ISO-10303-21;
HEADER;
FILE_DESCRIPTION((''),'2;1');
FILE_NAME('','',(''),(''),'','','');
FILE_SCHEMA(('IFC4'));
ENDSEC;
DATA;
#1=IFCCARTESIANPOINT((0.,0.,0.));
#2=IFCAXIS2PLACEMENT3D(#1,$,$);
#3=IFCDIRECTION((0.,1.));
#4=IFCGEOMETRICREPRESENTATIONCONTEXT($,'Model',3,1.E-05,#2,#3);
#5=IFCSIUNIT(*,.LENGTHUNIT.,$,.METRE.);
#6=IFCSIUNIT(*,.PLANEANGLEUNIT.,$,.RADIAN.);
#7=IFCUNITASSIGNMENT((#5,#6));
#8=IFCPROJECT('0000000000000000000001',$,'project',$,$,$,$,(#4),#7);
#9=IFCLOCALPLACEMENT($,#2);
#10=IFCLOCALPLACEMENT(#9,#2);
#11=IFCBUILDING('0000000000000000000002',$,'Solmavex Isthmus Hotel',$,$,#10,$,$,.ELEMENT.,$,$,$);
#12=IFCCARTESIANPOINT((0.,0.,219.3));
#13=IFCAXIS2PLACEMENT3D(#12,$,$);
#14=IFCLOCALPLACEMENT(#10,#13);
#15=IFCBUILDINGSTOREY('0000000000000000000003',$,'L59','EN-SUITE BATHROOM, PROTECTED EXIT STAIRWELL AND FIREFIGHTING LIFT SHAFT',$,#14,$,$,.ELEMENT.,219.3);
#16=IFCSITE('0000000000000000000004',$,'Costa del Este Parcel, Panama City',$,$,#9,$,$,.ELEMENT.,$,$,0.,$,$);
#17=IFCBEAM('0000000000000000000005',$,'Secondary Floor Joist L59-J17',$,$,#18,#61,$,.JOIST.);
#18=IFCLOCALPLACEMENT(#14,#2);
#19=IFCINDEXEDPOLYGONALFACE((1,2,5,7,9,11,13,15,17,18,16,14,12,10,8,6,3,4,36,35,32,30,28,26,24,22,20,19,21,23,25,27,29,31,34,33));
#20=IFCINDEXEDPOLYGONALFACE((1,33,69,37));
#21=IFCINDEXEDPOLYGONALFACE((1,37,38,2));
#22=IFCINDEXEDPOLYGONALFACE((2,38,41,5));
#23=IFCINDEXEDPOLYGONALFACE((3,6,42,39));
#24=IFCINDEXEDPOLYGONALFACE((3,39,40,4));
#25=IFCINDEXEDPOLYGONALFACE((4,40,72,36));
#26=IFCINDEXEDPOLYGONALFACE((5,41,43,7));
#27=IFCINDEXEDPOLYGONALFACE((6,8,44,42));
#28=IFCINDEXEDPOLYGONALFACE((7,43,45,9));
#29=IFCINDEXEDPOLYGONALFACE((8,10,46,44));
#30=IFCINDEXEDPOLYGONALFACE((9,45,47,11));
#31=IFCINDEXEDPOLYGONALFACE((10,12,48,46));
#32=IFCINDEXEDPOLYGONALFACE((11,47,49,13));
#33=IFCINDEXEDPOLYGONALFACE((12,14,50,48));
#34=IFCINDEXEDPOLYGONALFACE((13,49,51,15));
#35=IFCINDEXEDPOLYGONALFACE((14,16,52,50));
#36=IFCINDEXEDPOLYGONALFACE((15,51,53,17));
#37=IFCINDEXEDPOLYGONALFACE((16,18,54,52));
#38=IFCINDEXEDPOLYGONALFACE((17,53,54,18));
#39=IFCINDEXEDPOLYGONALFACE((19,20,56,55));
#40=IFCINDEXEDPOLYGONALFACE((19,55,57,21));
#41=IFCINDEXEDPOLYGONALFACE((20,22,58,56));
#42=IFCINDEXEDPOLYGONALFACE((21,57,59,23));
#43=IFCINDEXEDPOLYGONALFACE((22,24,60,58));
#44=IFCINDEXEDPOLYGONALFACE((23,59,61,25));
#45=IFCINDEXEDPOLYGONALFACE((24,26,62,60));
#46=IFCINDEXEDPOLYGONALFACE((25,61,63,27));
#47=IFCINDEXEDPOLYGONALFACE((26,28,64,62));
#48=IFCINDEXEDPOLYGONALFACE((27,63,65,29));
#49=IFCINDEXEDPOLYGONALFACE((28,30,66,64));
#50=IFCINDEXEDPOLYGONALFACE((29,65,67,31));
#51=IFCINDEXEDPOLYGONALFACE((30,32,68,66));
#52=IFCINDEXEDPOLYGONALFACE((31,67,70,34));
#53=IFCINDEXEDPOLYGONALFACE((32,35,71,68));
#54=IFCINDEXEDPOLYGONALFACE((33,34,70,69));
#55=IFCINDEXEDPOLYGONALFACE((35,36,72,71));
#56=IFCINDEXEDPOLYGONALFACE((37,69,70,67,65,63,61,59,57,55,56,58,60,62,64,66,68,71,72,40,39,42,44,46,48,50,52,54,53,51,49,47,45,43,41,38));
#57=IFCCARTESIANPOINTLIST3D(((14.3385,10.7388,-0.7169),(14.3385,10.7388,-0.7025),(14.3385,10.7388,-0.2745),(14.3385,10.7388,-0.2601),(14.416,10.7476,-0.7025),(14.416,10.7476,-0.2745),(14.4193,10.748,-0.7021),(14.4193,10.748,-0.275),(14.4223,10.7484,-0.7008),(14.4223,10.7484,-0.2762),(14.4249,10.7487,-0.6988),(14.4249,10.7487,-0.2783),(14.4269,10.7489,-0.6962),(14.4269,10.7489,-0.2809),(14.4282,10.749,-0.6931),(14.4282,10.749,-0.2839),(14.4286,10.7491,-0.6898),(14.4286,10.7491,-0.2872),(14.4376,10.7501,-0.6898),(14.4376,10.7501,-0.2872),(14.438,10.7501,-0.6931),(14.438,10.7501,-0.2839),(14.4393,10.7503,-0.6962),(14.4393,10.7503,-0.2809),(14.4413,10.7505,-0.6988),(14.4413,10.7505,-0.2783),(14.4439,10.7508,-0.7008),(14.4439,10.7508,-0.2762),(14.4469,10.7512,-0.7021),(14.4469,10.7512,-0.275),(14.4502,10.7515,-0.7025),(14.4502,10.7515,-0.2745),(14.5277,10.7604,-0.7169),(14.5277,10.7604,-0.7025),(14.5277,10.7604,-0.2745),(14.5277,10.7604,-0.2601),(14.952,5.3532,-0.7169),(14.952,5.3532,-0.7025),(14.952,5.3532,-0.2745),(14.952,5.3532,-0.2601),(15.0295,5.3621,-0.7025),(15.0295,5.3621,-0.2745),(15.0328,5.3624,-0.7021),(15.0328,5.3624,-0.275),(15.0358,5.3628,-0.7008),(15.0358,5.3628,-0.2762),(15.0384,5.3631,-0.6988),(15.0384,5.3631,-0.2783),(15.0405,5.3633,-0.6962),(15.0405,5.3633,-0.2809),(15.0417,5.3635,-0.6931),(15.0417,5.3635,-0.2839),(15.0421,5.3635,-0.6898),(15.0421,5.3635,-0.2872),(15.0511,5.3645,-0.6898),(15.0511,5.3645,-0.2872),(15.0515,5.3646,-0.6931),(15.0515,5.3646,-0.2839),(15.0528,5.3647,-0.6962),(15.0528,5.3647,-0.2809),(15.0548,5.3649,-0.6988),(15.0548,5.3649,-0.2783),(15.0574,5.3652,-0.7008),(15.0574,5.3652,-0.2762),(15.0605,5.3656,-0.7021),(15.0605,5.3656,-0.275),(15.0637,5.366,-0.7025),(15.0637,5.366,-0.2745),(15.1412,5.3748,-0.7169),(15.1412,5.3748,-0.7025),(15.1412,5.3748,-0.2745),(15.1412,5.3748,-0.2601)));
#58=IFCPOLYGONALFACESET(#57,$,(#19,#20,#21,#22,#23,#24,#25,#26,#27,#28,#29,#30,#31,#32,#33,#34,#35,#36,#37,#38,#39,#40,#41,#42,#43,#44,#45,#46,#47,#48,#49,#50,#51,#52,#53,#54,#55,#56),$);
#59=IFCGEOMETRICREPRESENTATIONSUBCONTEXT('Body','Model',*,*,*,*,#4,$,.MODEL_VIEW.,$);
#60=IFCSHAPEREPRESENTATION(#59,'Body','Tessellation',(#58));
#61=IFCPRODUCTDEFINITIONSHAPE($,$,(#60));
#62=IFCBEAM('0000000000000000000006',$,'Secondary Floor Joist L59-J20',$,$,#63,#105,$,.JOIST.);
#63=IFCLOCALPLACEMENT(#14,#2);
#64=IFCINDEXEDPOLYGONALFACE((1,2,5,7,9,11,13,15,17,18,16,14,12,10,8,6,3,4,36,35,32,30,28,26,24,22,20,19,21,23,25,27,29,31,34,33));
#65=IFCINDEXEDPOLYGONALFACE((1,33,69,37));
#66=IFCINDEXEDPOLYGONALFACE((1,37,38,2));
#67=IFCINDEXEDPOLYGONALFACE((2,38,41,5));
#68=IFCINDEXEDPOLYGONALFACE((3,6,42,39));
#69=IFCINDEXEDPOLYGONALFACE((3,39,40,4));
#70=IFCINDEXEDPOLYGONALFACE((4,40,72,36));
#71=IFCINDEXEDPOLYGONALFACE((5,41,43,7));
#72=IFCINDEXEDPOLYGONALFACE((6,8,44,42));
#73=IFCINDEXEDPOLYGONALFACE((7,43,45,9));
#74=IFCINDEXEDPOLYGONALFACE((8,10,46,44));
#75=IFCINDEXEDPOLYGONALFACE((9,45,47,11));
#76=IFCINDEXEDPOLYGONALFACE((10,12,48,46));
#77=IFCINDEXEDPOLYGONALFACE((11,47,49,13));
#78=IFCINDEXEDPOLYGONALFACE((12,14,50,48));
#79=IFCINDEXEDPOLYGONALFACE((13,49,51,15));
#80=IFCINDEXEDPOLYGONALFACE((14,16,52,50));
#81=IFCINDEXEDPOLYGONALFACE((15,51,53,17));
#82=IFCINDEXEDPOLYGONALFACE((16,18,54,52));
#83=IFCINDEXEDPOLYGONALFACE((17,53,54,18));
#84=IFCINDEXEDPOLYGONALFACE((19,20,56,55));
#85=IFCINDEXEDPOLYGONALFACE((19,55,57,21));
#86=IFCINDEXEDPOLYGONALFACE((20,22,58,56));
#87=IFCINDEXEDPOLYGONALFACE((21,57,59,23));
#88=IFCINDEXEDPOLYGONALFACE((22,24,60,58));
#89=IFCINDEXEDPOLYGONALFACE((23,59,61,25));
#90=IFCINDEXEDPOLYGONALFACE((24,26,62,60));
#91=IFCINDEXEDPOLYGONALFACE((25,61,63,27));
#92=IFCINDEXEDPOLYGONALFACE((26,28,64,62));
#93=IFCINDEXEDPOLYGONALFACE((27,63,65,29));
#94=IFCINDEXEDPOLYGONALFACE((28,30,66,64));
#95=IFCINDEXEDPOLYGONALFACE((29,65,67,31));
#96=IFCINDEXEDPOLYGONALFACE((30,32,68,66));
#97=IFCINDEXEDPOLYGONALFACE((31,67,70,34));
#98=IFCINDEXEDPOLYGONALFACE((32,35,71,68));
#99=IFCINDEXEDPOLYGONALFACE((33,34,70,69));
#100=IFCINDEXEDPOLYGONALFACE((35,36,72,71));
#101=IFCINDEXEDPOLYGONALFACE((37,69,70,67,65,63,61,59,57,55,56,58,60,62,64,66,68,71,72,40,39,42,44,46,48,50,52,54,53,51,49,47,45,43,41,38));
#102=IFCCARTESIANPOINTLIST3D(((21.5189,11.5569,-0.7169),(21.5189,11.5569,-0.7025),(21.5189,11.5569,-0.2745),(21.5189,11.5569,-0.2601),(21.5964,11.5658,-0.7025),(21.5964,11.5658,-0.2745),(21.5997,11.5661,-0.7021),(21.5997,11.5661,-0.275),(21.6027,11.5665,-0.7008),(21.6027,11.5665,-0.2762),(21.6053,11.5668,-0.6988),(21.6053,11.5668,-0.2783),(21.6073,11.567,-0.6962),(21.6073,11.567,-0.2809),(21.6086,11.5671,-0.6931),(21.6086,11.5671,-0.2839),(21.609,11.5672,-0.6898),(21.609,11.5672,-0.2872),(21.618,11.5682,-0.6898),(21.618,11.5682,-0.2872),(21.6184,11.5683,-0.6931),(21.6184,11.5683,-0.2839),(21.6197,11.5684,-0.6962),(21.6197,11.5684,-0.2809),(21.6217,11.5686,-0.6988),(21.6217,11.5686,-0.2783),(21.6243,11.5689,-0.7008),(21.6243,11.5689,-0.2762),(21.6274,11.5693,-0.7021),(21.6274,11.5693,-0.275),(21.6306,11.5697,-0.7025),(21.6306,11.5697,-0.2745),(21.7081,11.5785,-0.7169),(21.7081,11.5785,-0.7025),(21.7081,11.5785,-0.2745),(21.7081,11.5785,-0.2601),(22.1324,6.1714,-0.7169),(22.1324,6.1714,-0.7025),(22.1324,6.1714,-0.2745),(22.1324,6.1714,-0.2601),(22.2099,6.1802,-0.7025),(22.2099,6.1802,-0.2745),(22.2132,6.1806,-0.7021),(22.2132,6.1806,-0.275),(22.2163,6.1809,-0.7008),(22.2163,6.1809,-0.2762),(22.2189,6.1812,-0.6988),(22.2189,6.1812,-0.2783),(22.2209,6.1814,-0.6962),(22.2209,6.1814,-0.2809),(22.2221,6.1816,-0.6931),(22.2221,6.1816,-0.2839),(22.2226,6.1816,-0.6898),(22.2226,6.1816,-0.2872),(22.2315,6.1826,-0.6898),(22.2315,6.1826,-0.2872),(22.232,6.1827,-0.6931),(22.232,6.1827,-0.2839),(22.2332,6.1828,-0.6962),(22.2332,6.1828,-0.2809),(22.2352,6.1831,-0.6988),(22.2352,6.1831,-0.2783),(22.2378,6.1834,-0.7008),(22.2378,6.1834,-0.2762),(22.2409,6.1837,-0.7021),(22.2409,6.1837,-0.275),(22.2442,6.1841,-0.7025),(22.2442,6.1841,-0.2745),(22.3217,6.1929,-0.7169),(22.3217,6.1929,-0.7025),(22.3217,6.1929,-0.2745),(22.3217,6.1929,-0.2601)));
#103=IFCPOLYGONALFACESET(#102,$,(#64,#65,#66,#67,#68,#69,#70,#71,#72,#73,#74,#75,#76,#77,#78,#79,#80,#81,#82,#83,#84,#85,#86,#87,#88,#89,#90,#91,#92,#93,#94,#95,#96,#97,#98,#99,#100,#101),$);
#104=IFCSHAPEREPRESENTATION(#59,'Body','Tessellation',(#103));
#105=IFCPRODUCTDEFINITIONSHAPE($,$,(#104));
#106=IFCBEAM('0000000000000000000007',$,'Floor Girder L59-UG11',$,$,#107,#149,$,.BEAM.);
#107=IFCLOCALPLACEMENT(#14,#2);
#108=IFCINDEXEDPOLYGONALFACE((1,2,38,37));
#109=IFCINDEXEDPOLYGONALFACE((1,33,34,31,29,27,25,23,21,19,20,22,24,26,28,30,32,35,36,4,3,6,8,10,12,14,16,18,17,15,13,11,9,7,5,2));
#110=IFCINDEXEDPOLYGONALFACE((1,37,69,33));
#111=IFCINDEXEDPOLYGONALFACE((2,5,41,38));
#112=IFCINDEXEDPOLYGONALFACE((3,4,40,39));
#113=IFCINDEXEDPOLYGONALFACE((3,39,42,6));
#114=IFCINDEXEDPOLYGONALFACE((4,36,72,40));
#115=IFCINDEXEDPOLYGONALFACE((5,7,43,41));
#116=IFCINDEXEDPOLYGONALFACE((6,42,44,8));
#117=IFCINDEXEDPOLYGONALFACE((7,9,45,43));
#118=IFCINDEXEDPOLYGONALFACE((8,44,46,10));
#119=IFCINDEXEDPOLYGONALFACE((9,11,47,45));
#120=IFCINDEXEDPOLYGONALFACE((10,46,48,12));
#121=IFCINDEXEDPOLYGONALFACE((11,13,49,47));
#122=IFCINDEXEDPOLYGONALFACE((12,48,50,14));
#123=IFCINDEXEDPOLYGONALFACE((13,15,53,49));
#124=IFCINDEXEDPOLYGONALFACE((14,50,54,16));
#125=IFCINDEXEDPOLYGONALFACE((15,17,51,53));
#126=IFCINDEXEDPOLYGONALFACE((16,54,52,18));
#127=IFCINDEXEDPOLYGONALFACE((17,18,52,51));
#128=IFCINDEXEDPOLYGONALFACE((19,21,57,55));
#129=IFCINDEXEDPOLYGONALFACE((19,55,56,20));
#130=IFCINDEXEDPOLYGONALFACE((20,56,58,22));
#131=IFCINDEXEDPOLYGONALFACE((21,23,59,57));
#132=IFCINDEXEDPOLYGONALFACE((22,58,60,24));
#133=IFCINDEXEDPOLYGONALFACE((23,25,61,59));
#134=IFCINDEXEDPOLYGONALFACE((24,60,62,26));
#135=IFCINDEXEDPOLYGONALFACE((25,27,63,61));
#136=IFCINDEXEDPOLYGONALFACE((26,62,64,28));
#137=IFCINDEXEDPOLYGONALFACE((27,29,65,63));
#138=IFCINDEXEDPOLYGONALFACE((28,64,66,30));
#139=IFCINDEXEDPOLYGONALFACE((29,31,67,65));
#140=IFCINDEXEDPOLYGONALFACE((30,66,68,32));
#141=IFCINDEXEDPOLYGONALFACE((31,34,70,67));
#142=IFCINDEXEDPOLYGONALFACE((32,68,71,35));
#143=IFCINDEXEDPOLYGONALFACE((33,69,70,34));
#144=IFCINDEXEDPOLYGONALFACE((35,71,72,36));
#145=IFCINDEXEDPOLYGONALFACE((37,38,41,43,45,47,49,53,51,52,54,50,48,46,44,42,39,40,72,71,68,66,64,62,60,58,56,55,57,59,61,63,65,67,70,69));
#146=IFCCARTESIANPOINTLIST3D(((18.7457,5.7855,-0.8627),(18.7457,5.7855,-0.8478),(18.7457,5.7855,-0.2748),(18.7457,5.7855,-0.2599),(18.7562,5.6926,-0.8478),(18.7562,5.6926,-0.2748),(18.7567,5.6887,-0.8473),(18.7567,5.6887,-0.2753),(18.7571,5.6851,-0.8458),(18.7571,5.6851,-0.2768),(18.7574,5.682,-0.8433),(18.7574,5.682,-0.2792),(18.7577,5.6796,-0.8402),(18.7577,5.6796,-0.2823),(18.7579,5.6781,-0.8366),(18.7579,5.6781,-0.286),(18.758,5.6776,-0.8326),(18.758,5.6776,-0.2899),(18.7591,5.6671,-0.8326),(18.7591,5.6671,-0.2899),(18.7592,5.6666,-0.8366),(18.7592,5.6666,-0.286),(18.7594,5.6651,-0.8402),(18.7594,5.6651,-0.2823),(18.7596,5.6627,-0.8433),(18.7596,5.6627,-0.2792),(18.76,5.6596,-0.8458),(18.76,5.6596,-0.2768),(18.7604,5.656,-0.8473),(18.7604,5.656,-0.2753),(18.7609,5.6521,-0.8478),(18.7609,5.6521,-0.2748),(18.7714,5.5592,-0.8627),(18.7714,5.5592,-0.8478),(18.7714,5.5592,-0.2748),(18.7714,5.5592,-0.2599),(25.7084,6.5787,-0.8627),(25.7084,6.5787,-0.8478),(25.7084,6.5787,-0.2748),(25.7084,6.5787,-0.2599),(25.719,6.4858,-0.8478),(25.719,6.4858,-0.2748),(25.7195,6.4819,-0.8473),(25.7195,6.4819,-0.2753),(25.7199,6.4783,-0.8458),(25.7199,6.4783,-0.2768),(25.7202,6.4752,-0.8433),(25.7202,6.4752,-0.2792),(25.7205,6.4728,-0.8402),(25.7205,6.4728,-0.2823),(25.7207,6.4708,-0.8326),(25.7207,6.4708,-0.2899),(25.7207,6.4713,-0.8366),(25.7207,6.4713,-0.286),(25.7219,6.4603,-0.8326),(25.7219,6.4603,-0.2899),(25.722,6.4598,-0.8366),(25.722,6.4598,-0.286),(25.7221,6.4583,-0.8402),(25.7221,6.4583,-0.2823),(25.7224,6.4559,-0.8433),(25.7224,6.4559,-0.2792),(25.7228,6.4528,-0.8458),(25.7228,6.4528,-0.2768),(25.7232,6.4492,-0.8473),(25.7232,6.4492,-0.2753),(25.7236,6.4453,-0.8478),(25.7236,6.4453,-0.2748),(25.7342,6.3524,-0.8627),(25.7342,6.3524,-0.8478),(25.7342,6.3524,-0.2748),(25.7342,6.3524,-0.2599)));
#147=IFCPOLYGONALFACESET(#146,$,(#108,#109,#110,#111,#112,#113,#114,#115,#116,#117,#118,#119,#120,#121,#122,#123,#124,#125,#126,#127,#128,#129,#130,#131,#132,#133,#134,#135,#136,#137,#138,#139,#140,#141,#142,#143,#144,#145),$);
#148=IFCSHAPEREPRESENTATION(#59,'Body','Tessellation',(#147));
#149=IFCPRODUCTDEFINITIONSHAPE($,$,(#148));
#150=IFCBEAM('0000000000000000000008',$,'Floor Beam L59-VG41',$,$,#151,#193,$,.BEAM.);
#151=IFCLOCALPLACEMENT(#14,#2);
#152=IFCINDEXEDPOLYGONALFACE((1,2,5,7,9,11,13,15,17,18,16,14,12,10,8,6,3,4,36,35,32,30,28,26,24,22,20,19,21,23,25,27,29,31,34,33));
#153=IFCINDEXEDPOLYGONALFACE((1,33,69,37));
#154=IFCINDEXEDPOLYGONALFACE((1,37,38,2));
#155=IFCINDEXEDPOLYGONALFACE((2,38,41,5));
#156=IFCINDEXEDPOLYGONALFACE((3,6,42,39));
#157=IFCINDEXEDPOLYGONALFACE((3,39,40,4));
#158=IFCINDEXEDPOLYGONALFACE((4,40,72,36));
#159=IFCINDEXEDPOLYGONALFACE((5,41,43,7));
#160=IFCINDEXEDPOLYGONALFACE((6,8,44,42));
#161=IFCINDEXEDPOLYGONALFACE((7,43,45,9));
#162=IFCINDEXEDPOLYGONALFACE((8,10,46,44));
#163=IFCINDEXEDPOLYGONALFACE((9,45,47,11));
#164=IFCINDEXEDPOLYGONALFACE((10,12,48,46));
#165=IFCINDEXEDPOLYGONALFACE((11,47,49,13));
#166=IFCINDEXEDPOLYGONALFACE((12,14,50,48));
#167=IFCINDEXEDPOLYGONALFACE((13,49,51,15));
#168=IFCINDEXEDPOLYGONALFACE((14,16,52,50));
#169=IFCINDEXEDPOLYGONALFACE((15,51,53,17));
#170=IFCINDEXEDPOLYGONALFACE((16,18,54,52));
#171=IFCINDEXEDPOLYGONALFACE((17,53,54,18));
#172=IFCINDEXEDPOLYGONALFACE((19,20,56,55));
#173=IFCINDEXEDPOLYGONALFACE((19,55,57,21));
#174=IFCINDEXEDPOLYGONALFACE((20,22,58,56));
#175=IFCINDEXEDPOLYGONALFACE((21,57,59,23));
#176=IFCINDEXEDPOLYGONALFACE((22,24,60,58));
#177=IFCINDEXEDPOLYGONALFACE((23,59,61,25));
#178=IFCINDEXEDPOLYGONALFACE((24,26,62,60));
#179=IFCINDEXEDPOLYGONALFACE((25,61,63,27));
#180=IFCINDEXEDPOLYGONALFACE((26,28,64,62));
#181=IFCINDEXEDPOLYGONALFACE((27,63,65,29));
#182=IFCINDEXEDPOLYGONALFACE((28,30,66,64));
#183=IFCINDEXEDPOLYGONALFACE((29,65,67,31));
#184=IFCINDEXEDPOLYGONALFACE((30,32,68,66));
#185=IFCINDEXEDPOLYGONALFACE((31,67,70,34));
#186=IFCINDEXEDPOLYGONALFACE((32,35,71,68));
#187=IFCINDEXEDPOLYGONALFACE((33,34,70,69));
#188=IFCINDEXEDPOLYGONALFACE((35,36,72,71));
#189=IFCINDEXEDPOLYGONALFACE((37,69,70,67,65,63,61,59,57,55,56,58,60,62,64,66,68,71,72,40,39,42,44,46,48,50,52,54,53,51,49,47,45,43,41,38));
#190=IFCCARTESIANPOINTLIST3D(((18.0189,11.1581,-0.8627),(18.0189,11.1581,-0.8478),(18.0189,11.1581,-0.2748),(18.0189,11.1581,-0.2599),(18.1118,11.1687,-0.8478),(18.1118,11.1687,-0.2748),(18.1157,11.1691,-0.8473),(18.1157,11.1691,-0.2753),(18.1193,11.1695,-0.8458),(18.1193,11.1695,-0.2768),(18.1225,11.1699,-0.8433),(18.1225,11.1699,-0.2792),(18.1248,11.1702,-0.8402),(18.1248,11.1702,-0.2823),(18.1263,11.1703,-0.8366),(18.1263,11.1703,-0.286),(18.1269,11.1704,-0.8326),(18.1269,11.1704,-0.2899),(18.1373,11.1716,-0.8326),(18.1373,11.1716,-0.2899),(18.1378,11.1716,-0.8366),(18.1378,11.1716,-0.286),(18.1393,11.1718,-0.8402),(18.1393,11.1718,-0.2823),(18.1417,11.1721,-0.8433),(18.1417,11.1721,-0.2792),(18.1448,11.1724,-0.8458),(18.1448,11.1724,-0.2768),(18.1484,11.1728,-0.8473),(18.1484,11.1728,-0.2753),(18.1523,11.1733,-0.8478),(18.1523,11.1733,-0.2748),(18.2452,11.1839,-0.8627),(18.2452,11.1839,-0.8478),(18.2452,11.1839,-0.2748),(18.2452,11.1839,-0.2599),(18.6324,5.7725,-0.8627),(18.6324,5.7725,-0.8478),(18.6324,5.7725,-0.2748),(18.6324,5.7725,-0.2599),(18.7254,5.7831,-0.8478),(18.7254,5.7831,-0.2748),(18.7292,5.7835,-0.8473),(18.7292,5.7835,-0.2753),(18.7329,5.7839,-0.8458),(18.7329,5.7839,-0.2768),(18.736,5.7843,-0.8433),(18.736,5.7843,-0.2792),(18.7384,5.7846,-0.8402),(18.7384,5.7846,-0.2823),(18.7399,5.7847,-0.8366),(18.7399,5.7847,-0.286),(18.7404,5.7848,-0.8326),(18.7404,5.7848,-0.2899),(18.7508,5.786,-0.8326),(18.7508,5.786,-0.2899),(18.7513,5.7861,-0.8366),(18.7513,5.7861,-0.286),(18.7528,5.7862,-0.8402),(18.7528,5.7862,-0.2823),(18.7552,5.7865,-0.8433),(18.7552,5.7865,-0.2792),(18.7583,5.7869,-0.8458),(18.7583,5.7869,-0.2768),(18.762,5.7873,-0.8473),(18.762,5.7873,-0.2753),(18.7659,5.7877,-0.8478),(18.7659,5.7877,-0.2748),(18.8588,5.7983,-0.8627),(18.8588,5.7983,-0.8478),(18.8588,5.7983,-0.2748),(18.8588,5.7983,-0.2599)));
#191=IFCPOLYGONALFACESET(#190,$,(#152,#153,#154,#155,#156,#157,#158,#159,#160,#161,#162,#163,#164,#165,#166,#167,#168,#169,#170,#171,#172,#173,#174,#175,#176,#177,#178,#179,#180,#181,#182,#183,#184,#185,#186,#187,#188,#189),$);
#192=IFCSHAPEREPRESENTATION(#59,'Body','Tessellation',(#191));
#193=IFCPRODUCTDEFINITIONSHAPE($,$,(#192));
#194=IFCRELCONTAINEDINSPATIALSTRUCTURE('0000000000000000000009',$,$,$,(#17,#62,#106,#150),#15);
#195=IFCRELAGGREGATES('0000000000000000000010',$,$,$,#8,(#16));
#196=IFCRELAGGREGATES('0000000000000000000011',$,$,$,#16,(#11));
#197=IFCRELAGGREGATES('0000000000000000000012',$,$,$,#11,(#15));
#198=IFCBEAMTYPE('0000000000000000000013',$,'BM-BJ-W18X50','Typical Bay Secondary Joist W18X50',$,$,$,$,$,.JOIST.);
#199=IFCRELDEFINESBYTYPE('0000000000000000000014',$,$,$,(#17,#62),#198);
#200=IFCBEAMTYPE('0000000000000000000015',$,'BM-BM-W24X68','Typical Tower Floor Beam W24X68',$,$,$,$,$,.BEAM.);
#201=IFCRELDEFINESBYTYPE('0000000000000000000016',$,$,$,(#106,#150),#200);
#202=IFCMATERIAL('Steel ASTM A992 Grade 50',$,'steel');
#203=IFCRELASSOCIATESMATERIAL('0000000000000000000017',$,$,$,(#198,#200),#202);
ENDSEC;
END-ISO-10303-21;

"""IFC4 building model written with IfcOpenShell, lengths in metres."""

from ifc_helpers import new_model, si_unit, direction, frame, origin, origin_2d, place, context, subcontext, project, spatial, i_section, extrude, material, material_profile, profile_set, type_object, element, save


model = new_model("IFC4")

# Units and contexts
model_context = context("Model", 3, precision=1e-05, world=origin(), true_north=direction((0.0, 1.0)))
body_context = subcontext(model_context, "Body", "Model", "MODEL_VIEW")
ifc_project = project(units=[si_unit("LENGTHUNIT", "METRE"), si_unit("PLANEANGLEUNIT", "RADIAN")], contexts=[model_context])

# Site, building, storey
site_placement = place(None, origin())
site = spatial("IfcSite", under=ifc_project, at=site_placement, Name="Costa del Este Parcel, Panama City", CompositionType="ELEMENT", RefElevation=0.0)
building_placement = place(site_placement, origin())
building = spatial("IfcBuilding", under=site, at=building_placement, Name="Solmavex Isthmus Hotel", CompositionType="ELEMENT")
storey_placement = place(building_placement, frame((0.0, 0.0, 219.3)))
storey = spatial("IfcBuildingStorey", under=building, at=storey_placement, Name="L59", Description="EN-SUITE BATHROOM, PROTECTED EXIT STAIRWELL AND FIREFIGHTING LIFT SHAFT", CompositionType="ELEMENT", Elevation=219.3)

# Beams
ifc_material_1 = material(Name="Steel ASTM A992 Grade 50", Category="steel")
ifc_material_profile_1 = material_profile(ifc_material_1, i_section(OverallWidth=0.1904, OverallDepth=0.4568, WebThickness=0.009, FlangeThickness=0.0144, FilletRadius=0.0127, at=origin_2d()), Name="W18X50")
ifc_profile_set_1 = profile_set([ifc_material_profile_1], Name="Steel ASTM A992 Grade 50")
beam_type_1 = type_object("IfcBeamType", Name="BM-BJ-W18X50", Description="Typical Bay Secondary Joist W18X50", PredefinedType="JOIST", material=ifc_profile_set_1)
for number, where, z_axis, x_axis, name in (
    (1, (15.0466, 5.364, -0.4885), (-0.11319, 0.993573, 0.0), (-0.993573, -0.11319, 0.0), "Secondary Floor Joist L59-J17"),
    (2, (22.2271, 6.1821, -0.4885), (-0.11319, 0.993573, 0.0), (-0.993573, -0.11319, 0.0), "Secondary Floor Joist L59-J20"),
):
    element("IfcBeam", number, at=place(storey_placement, frame(where, z_axis=z_axis, x_axis=x_axis)), inside=storey, type_object=beam_type_1, Name=name, PredefinedType="JOIST", context=body_context, shape_type="SweptSolid", body=[
        extrude(i_section(OverallWidth=0.1904, OverallDepth=0.4568, WebThickness=0.009, FlangeThickness=0.0144, FilletRadius=0.0127, at=origin_2d()), origin(), (0.0, 0.0, 1.0), 5.4204),
    ])
ifc_material_profile_2 = material_profile(ifc_material_1, i_section(OverallWidth=0.2278, OverallDepth=0.6028, WebThickness=0.0105, FlangeThickness=0.0149, FilletRadius=0.0151, at=origin_2d()), Name="W24X68")
ifc_profile_set_2 = profile_set([ifc_material_profile_2], Name="Steel ASTM A992 Grade 50")
beam_type_2 = type_object("IfcBeamType", Name="BM-BM-W24X68", Description="Typical Tower Floor Beam W24X68", PredefinedType="BEAM", material=ifc_profile_set_2)
beam_1_placement = place(storey_placement, frame((18.7585, 5.6724, -0.5613), z_axis=(0.993574, 0.113188, 0.0), x_axis=(-0.113188, 0.993574, 0.0)))
element("IfcBeam", 3, at=beam_1_placement, inside=storey, type_object=beam_type_2, Name="Floor Girder L59-UG11", PredefinedType="BEAM", context=body_context, shape_type="SweptSolid", body=[
    extrude(i_section(OverallWidth=0.2278, OverallDepth=0.6028, WebThickness=0.0105, FlangeThickness=0.0149, FilletRadius=0.0151, at=origin_2d()), origin(), (0.0, 0.0, 1.0), 7.0078),
])
beam_2_placement = place(storey_placement, frame((18.7456, 5.7854, -0.5613), z_axis=(-0.11319, 0.993573, 0.0), x_axis=(-0.993573, -0.11319, 0.0)))
element("IfcBeam", 4, at=beam_2_placement, inside=storey, type_object=beam_type_2, Name="Floor Beam L59-VG41", PredefinedType="BEAM", context=body_context, shape_type="SweptSolid", body=[
    extrude(i_section(OverallWidth=0.2278, OverallDepth=0.6028, WebThickness=0.0105, FlangeThickness=0.0149, FilletRadius=0.0151, at=origin_2d()), origin(), (0.0, 0.0, 1.0), 5.4204),
])

save(model, "model.ifc")
